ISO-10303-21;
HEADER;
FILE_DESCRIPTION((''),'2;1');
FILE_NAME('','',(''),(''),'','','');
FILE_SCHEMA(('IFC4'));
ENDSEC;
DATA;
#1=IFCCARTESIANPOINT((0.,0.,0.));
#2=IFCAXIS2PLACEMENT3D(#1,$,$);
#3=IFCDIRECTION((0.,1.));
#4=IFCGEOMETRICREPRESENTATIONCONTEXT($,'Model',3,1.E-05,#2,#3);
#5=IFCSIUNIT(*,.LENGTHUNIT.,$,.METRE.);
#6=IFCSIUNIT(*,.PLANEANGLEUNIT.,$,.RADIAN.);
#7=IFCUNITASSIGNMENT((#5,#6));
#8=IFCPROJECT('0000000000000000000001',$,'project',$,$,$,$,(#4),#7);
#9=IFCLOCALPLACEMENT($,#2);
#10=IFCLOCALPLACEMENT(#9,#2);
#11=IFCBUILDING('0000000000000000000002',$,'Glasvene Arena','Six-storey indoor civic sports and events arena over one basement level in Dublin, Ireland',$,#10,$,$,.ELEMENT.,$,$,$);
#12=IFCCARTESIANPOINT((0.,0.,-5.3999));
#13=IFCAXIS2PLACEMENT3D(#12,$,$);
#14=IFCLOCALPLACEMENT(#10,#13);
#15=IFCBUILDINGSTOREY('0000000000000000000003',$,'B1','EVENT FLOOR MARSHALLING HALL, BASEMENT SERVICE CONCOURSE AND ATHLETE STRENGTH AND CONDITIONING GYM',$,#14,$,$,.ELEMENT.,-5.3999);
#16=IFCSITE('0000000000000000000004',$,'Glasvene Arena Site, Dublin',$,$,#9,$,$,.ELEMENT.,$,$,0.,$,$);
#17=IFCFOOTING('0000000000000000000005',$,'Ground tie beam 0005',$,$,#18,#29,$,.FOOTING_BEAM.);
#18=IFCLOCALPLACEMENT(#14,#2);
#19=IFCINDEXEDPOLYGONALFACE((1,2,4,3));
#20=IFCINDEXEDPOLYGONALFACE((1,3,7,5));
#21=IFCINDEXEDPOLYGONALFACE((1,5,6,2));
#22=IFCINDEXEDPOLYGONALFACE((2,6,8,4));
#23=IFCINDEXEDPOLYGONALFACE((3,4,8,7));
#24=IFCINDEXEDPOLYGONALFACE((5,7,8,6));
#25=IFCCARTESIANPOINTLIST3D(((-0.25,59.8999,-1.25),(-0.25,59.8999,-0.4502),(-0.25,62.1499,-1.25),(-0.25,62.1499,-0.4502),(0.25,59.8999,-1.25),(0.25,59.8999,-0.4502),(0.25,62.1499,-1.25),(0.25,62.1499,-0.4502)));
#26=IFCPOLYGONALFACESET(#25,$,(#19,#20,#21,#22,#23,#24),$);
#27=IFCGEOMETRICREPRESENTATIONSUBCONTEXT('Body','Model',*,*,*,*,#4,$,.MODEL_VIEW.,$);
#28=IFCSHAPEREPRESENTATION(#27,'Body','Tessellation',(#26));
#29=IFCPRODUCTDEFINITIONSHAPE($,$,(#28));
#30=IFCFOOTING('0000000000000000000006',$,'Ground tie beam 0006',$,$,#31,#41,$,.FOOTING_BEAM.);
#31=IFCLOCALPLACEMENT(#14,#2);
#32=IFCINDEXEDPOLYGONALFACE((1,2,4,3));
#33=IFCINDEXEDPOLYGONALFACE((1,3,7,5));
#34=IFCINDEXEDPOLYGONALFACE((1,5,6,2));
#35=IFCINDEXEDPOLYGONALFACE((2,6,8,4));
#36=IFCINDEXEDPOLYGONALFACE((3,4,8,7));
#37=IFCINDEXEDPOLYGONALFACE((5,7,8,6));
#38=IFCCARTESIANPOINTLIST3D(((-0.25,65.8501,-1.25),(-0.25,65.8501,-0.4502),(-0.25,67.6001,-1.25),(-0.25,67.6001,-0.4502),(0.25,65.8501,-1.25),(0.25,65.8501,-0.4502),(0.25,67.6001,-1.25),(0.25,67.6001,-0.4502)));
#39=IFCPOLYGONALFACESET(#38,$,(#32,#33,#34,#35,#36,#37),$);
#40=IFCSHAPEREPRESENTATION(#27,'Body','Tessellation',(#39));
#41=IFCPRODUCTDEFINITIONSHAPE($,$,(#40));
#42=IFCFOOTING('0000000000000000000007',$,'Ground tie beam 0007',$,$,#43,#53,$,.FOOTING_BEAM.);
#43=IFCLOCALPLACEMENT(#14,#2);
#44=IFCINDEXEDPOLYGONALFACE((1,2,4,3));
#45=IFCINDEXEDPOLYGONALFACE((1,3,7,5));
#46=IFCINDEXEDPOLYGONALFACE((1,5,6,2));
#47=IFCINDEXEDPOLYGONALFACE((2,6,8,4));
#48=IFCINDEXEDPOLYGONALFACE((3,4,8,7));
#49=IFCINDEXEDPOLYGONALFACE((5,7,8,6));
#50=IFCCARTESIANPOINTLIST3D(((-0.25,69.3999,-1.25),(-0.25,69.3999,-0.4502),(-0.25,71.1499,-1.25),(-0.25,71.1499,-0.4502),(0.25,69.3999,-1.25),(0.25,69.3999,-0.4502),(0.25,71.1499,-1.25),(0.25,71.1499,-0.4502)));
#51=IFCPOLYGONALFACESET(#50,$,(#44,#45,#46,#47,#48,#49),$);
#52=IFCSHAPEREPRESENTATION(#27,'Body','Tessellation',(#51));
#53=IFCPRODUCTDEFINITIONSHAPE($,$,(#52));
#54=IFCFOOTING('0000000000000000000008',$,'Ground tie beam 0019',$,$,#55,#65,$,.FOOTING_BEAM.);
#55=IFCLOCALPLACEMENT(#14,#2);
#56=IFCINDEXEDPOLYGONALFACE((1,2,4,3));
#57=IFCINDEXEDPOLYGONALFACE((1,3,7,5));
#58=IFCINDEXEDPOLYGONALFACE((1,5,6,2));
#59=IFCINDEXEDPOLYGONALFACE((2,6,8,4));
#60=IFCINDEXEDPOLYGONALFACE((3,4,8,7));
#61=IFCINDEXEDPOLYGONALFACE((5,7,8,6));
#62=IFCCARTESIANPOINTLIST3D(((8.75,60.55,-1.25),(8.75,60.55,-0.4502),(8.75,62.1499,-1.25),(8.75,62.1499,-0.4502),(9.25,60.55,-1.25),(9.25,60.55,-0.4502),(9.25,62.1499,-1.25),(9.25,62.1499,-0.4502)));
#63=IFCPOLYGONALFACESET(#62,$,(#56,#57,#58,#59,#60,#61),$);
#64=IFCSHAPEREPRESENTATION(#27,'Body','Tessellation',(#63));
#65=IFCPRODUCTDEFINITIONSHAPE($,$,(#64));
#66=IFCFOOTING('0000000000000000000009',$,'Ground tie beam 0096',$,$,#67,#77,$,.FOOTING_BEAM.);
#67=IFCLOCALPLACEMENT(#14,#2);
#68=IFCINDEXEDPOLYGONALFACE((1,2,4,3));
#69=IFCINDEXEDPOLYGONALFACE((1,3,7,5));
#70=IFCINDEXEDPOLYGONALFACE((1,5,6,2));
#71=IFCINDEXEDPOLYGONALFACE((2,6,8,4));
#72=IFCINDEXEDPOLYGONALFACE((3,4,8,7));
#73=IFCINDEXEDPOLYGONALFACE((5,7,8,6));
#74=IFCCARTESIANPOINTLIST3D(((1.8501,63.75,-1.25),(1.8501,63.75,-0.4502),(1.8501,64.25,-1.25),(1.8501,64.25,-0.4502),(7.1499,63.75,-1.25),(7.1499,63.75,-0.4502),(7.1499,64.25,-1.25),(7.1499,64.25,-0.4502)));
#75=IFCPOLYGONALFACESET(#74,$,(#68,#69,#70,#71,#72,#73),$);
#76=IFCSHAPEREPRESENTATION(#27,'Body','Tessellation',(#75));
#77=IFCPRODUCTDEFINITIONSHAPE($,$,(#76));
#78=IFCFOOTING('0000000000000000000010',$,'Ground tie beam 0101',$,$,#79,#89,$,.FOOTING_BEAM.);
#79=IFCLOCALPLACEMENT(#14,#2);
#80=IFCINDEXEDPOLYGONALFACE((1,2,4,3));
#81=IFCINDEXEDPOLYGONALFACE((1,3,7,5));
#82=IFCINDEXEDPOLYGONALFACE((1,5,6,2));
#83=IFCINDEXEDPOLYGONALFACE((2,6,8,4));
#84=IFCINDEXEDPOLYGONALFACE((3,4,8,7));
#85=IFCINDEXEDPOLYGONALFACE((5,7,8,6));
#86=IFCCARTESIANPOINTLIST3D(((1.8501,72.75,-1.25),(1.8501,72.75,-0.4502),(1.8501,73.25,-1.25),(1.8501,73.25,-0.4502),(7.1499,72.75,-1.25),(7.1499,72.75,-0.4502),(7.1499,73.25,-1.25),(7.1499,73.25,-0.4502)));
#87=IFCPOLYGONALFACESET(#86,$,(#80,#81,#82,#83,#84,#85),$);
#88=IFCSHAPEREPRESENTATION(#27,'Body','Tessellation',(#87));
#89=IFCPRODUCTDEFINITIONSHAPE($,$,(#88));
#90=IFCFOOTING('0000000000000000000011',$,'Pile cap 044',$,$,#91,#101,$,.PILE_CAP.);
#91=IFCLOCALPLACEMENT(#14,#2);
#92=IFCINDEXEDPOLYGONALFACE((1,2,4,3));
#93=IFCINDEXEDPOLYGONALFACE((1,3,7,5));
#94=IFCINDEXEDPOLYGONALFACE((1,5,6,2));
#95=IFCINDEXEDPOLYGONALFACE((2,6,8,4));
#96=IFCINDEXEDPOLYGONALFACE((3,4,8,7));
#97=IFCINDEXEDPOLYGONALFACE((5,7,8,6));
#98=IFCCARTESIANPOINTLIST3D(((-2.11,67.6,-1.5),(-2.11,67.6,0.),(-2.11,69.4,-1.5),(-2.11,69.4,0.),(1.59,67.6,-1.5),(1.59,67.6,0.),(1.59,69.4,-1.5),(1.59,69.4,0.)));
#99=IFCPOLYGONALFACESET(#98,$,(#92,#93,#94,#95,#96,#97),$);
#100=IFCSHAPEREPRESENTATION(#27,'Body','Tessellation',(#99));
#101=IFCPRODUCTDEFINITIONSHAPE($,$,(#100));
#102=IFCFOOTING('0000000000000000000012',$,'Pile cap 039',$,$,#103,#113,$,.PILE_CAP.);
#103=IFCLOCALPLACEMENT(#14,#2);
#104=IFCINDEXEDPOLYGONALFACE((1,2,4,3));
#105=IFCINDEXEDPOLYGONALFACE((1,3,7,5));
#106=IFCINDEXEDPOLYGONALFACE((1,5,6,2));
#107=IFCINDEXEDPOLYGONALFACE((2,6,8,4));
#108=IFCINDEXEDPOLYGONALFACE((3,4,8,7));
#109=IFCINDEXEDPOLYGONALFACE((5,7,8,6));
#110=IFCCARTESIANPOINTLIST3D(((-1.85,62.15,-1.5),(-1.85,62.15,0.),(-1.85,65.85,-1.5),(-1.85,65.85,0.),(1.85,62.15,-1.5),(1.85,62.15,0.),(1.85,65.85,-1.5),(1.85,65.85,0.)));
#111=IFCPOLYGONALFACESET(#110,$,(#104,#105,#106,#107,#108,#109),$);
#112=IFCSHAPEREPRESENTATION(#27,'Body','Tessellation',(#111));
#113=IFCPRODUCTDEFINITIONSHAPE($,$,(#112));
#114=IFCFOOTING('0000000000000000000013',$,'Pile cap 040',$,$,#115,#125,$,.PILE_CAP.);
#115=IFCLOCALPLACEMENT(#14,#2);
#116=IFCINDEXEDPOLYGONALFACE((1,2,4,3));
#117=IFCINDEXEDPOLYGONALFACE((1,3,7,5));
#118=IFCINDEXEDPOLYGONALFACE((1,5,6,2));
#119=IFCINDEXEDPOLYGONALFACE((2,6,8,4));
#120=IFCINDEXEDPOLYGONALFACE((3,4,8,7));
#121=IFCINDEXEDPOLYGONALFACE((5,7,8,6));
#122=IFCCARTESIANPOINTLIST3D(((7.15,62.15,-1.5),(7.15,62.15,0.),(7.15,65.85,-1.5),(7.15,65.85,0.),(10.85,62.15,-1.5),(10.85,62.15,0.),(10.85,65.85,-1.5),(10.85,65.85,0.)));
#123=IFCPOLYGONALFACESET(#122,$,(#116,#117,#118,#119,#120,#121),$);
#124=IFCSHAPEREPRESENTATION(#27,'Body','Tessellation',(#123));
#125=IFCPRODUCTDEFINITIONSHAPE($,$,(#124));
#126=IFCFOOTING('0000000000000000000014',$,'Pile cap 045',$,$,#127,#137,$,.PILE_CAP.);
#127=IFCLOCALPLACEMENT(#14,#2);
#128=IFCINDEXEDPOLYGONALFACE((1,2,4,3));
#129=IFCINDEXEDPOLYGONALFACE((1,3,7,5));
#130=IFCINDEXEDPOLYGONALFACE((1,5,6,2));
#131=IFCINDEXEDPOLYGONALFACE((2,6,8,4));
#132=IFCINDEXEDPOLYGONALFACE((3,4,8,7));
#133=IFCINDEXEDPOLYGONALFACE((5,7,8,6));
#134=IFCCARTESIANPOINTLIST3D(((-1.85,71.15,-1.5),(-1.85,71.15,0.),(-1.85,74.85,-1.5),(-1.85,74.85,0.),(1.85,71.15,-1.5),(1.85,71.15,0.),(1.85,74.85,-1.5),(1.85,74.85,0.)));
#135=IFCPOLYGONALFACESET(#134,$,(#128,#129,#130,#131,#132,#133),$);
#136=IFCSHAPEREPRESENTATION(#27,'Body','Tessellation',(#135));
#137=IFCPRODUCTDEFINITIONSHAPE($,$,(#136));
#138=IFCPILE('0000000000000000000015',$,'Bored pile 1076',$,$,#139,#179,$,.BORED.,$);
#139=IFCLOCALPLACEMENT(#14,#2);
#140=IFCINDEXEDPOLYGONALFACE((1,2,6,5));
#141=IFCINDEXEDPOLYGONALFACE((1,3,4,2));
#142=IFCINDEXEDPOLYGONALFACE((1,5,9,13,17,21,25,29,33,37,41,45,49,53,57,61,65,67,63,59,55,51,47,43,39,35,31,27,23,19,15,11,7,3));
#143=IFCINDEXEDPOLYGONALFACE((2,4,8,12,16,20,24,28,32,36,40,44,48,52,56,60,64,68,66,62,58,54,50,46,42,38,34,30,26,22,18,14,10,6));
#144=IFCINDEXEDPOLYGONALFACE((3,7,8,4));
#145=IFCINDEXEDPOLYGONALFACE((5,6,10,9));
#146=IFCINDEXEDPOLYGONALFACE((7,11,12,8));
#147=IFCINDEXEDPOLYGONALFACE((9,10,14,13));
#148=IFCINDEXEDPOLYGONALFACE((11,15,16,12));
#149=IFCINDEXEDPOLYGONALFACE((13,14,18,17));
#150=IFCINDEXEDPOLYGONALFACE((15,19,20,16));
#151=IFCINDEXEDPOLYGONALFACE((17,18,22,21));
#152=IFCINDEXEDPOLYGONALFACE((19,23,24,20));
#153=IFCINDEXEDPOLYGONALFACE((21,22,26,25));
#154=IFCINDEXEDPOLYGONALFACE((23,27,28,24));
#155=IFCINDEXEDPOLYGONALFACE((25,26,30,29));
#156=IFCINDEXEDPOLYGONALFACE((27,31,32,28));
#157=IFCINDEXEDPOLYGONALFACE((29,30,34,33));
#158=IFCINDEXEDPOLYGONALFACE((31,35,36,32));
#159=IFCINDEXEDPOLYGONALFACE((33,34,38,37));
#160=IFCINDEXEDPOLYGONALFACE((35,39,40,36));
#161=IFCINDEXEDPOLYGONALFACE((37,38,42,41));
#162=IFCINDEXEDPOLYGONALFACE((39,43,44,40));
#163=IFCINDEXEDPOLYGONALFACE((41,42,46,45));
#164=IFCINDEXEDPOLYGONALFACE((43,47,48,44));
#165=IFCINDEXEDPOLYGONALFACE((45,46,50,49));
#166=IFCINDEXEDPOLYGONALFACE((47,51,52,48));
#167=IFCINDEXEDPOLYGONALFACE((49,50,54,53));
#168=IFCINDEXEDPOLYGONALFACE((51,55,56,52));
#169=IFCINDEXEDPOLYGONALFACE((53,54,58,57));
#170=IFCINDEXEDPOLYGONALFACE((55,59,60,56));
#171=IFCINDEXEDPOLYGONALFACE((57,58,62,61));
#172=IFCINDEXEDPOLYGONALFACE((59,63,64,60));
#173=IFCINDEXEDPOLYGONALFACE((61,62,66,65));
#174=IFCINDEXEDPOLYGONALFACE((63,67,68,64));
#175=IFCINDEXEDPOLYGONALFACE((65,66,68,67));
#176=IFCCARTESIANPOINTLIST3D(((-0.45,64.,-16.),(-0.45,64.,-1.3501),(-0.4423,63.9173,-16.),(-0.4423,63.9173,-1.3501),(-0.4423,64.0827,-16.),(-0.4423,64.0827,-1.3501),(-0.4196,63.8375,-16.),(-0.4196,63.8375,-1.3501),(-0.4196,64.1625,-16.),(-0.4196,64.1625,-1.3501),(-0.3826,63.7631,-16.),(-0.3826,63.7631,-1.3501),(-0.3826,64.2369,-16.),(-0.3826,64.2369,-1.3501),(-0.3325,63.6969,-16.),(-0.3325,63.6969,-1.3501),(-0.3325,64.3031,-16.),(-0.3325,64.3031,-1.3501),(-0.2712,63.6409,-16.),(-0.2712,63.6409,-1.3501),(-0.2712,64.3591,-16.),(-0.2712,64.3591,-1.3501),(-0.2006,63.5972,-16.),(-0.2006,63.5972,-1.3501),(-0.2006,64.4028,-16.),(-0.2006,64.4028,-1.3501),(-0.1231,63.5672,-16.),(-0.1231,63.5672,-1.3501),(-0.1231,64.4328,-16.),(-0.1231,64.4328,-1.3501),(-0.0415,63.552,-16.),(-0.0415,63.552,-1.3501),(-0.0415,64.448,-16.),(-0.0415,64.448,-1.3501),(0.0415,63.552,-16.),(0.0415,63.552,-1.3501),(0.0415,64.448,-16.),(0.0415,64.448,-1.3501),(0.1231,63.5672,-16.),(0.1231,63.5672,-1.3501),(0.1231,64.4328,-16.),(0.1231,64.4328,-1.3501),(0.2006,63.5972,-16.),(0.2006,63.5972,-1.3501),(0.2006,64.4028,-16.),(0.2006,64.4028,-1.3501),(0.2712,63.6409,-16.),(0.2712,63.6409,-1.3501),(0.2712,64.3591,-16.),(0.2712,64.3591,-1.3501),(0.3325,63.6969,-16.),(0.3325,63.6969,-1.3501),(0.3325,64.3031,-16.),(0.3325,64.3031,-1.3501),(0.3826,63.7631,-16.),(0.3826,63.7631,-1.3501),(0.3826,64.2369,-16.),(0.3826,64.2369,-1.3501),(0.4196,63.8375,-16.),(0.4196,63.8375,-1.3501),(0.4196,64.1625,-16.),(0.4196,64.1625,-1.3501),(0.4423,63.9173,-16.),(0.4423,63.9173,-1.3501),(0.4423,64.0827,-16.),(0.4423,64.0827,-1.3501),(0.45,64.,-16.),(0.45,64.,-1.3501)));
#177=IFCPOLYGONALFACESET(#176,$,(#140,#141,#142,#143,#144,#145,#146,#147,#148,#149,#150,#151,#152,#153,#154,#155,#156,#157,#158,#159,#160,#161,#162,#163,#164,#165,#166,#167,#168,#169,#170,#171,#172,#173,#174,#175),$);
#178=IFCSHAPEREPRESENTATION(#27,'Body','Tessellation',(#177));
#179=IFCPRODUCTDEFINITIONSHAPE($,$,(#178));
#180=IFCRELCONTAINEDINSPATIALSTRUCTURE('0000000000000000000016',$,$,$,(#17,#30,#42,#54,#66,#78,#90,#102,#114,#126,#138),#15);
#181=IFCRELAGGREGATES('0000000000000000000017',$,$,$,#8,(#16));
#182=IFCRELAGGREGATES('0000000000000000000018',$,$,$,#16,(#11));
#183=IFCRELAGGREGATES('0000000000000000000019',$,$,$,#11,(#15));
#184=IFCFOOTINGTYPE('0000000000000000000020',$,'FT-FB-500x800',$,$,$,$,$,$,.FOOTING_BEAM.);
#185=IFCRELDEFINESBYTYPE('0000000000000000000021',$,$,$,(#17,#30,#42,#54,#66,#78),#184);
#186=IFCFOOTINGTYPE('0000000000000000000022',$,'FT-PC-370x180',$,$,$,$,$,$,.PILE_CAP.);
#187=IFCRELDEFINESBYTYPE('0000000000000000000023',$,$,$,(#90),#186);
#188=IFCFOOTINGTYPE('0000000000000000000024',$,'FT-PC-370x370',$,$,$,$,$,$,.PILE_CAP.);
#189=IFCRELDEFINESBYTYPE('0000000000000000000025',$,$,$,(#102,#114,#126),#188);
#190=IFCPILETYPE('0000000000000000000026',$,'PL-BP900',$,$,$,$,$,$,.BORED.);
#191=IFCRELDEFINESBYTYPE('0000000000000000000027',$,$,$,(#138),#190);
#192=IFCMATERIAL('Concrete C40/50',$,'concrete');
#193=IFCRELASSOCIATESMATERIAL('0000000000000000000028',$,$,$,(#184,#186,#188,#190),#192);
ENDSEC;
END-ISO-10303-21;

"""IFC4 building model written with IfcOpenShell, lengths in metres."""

from ifc_helpers import new_model, si_unit, direction, frame, origin, origin_2d, place, context, subcontext, project, spatial, polyline, rectangle, circle, outline, extrude, material, material_profile, profile_set, type_object, element, save


model = new_model("IFC4")

# Units and contexts
model_context = context("Model", 3, precision=1e-05, world=origin(), true_north=direction((0.0, 1.0)))
body_context = subcontext(model_context, "Body", "Model", "MODEL_VIEW")
ifc_project = project(units=[si_unit("LENGTHUNIT", "METRE"), si_unit("PLANEANGLEUNIT", "RADIAN")], contexts=[model_context])

# Site, building, storey
site_placement = place(None, origin())
site = spatial("IfcSite", under=ifc_project, at=site_placement, Name="Glasvene Arena Site, Dublin", CompositionType="ELEMENT", RefElevation=0.0)
building_placement = place(site_placement, origin())
building = spatial("IfcBuilding", under=site, at=building_placement, Name="Glasvene Arena", Description="Six-storey indoor civic sports and events arena over one basement level in Dublin, Ireland", CompositionType="ELEMENT")
storey_placement = place(building_placement, frame((0.0, 0.0, -5.3999)))
storey = spatial("IfcBuildingStorey", under=building, at=storey_placement, Name="B1", Description="EVENT FLOOR MARSHALLING HALL, BASEMENT SERVICE CONCOURSE AND ATHLETE STRENGTH AND CONDITIONING GYM", CompositionType="ELEMENT", Elevation=-5.3999)

# Footings
ifc_material_1 = material(Name="Concrete C40/50", Category="concrete")
footing_type_1 = type_object("IfcFootingType", Name="FT-FB-500x800", PredefinedType="FOOTING_BEAM", material=ifc_material_1)
footing_1_placement = place(storey_placement, frame((0.0, 61.0249, -1.25)))
element("IfcFooting", 1, at=footing_1_placement, inside=storey, type_object=footing_type_1, Name="Ground tie beam 0005", PredefinedType="FOOTING_BEAM", context=body_context, shape_type="SweptSolid", body=[
    extrude(outline(polyline([(-0.25, -1.125), (0.25, -1.125), (0.25, 1.125), (-0.25, 1.125), (-0.25, -1.125)])), origin(), (0.0, 0.0, 1.0), 0.7998),
])
for number, where, name in (
    (2, (0.0, 66.7251, -1.25), "Ground tie beam 0006"),
    (3, (0.0, 70.2749, -1.25), "Ground tie beam 0007"),
):
    element("IfcFooting", number, at=place(storey_placement, frame(where)), inside=storey, type_object=footing_type_1, Name=name, PredefinedType="FOOTING_BEAM", context=body_context, shape_type="SweptSolid", body=[
        extrude(outline(polyline([(-0.25, -0.875), (0.25, -0.875), (0.25, 0.875), (-0.25, 0.875), (-0.25, -0.875)])), origin(), (0.0, 0.0, 1.0), 0.7998),
    ])
footing_2_placement = place(storey_placement, frame((9.0, 61.3501, -1.25)))
element("IfcFooting", 4, at=footing_2_placement, inside=storey, type_object=footing_type_1, Name="Ground tie beam 0019", PredefinedType="FOOTING_BEAM", context=body_context, shape_type="SweptSolid", body=[
    extrude(outline(polyline([(-0.25, -0.8), (0.25, -0.8), (0.25, 0.7998), (-0.25, 0.7998), (-0.25, -0.8)])), origin(), (0.0, 0.0, 1.0), 0.7998),
])
for number, where, name in (
    (5, (4.5, 64.0, -1.25), "Ground tie beam 0096"),
    (6, (4.5, 73.0, -1.25), "Ground tie beam 0101"),
):
    element("IfcFooting", number, at=place(storey_placement, frame(where)), inside=storey, type_object=footing_type_1, Name=name, PredefinedType="FOOTING_BEAM", context=body_context, shape_type="SweptSolid", body=[
        extrude(outline(polyline([(-2.6499, -0.25), (2.6499, -0.25), (2.6499, 0.25), (-2.6499, 0.25), (-2.6499, -0.25)])), origin(), (0.0, 0.0, 1.0), 0.7998),
    ])
footing_type_2 = type_object("IfcFootingType", Name="FT-PC-370x180", PredefinedType="PILE_CAP", material=ifc_material_1)
footing_3_placement = place(storey_placement, frame((-0.26, 68.5, -1.5), z_axis=(0.0, 0.0, 1.0), x_axis=(1.0, 0.0, 0.0)))
element("IfcFooting", 7, at=footing_3_placement, inside=storey, type_object=footing_type_2, Name="Pile cap 044", PredefinedType="PILE_CAP", context=body_context, shape_type="SweptSolid", body=[
    extrude(rectangle(XDim=3.7, YDim=1.8, at=origin_2d()), origin(), (0.0, 0.0, 1.0), 1.5),
])
footing_type_3 = type_object("IfcFootingType", Name="FT-PC-370x370", PredefinedType="PILE_CAP", material=ifc_material_1)
for number, where, z_axis, x_axis, name in (
    (8, (0.0, 64.0, -1.5), (0.0, 0.0, 1.0), (1.0, 0.0, 0.0), "Pile cap 039"),
    (9, (9.0, 64.0, -1.5), (0.0, 0.0, 1.0), (1.0, 0.0, 0.0), "Pile cap 040"),
    (10, (0.0, 73.0, -1.5), (0.0, 0.0, 1.0), (1.0, 0.0, 0.0), "Pile cap 045"),
):
    element("IfcFooting", number, at=place(storey_placement, frame(where, z_axis=z_axis, x_axis=x_axis)), inside=storey, type_object=footing_type_3, Name=name, PredefinedType="PILE_CAP", context=body_context, shape_type="SweptSolid", body=[
        extrude(rectangle(XDim=3.7, YDim=3.7, at=origin_2d()), origin(), (0.0, 0.0, 1.0), 1.5),
    ])

# Pile
ifc_material_profile_1 = material_profile(ifc_material_1, circle(Radius=0.45, at=origin_2d()), Name="BORED PILE 900")
ifc_profile_set_1 = profile_set([ifc_material_profile_1], Name="Concrete C40/50")
pile_type = type_object("IfcPileType", Name="PL-BP900", PredefinedType="BORED", material=ifc_profile_set_1)
for number, where, z_axis, x_axis, name in (
    (11, (0.0, 64.0, -1.3501), (0.0, 0.0, -1.0), (1.0, 0.0, 0.0), "Bored pile 1076"),
):
    element("IfcPile", number, at=place(storey_placement, frame(where, z_axis=z_axis, x_axis=x_axis)), inside=storey, type_object=pile_type, Name=name, PredefinedType="BORED", context=body_context, shape_type="SweptSolid", body=[
        extrude(circle(Radius=0.45, at=origin_2d()), origin(), (0.0, 0.0, 1.0), 14.6499),
    ])

save(model, "model.ifc")
